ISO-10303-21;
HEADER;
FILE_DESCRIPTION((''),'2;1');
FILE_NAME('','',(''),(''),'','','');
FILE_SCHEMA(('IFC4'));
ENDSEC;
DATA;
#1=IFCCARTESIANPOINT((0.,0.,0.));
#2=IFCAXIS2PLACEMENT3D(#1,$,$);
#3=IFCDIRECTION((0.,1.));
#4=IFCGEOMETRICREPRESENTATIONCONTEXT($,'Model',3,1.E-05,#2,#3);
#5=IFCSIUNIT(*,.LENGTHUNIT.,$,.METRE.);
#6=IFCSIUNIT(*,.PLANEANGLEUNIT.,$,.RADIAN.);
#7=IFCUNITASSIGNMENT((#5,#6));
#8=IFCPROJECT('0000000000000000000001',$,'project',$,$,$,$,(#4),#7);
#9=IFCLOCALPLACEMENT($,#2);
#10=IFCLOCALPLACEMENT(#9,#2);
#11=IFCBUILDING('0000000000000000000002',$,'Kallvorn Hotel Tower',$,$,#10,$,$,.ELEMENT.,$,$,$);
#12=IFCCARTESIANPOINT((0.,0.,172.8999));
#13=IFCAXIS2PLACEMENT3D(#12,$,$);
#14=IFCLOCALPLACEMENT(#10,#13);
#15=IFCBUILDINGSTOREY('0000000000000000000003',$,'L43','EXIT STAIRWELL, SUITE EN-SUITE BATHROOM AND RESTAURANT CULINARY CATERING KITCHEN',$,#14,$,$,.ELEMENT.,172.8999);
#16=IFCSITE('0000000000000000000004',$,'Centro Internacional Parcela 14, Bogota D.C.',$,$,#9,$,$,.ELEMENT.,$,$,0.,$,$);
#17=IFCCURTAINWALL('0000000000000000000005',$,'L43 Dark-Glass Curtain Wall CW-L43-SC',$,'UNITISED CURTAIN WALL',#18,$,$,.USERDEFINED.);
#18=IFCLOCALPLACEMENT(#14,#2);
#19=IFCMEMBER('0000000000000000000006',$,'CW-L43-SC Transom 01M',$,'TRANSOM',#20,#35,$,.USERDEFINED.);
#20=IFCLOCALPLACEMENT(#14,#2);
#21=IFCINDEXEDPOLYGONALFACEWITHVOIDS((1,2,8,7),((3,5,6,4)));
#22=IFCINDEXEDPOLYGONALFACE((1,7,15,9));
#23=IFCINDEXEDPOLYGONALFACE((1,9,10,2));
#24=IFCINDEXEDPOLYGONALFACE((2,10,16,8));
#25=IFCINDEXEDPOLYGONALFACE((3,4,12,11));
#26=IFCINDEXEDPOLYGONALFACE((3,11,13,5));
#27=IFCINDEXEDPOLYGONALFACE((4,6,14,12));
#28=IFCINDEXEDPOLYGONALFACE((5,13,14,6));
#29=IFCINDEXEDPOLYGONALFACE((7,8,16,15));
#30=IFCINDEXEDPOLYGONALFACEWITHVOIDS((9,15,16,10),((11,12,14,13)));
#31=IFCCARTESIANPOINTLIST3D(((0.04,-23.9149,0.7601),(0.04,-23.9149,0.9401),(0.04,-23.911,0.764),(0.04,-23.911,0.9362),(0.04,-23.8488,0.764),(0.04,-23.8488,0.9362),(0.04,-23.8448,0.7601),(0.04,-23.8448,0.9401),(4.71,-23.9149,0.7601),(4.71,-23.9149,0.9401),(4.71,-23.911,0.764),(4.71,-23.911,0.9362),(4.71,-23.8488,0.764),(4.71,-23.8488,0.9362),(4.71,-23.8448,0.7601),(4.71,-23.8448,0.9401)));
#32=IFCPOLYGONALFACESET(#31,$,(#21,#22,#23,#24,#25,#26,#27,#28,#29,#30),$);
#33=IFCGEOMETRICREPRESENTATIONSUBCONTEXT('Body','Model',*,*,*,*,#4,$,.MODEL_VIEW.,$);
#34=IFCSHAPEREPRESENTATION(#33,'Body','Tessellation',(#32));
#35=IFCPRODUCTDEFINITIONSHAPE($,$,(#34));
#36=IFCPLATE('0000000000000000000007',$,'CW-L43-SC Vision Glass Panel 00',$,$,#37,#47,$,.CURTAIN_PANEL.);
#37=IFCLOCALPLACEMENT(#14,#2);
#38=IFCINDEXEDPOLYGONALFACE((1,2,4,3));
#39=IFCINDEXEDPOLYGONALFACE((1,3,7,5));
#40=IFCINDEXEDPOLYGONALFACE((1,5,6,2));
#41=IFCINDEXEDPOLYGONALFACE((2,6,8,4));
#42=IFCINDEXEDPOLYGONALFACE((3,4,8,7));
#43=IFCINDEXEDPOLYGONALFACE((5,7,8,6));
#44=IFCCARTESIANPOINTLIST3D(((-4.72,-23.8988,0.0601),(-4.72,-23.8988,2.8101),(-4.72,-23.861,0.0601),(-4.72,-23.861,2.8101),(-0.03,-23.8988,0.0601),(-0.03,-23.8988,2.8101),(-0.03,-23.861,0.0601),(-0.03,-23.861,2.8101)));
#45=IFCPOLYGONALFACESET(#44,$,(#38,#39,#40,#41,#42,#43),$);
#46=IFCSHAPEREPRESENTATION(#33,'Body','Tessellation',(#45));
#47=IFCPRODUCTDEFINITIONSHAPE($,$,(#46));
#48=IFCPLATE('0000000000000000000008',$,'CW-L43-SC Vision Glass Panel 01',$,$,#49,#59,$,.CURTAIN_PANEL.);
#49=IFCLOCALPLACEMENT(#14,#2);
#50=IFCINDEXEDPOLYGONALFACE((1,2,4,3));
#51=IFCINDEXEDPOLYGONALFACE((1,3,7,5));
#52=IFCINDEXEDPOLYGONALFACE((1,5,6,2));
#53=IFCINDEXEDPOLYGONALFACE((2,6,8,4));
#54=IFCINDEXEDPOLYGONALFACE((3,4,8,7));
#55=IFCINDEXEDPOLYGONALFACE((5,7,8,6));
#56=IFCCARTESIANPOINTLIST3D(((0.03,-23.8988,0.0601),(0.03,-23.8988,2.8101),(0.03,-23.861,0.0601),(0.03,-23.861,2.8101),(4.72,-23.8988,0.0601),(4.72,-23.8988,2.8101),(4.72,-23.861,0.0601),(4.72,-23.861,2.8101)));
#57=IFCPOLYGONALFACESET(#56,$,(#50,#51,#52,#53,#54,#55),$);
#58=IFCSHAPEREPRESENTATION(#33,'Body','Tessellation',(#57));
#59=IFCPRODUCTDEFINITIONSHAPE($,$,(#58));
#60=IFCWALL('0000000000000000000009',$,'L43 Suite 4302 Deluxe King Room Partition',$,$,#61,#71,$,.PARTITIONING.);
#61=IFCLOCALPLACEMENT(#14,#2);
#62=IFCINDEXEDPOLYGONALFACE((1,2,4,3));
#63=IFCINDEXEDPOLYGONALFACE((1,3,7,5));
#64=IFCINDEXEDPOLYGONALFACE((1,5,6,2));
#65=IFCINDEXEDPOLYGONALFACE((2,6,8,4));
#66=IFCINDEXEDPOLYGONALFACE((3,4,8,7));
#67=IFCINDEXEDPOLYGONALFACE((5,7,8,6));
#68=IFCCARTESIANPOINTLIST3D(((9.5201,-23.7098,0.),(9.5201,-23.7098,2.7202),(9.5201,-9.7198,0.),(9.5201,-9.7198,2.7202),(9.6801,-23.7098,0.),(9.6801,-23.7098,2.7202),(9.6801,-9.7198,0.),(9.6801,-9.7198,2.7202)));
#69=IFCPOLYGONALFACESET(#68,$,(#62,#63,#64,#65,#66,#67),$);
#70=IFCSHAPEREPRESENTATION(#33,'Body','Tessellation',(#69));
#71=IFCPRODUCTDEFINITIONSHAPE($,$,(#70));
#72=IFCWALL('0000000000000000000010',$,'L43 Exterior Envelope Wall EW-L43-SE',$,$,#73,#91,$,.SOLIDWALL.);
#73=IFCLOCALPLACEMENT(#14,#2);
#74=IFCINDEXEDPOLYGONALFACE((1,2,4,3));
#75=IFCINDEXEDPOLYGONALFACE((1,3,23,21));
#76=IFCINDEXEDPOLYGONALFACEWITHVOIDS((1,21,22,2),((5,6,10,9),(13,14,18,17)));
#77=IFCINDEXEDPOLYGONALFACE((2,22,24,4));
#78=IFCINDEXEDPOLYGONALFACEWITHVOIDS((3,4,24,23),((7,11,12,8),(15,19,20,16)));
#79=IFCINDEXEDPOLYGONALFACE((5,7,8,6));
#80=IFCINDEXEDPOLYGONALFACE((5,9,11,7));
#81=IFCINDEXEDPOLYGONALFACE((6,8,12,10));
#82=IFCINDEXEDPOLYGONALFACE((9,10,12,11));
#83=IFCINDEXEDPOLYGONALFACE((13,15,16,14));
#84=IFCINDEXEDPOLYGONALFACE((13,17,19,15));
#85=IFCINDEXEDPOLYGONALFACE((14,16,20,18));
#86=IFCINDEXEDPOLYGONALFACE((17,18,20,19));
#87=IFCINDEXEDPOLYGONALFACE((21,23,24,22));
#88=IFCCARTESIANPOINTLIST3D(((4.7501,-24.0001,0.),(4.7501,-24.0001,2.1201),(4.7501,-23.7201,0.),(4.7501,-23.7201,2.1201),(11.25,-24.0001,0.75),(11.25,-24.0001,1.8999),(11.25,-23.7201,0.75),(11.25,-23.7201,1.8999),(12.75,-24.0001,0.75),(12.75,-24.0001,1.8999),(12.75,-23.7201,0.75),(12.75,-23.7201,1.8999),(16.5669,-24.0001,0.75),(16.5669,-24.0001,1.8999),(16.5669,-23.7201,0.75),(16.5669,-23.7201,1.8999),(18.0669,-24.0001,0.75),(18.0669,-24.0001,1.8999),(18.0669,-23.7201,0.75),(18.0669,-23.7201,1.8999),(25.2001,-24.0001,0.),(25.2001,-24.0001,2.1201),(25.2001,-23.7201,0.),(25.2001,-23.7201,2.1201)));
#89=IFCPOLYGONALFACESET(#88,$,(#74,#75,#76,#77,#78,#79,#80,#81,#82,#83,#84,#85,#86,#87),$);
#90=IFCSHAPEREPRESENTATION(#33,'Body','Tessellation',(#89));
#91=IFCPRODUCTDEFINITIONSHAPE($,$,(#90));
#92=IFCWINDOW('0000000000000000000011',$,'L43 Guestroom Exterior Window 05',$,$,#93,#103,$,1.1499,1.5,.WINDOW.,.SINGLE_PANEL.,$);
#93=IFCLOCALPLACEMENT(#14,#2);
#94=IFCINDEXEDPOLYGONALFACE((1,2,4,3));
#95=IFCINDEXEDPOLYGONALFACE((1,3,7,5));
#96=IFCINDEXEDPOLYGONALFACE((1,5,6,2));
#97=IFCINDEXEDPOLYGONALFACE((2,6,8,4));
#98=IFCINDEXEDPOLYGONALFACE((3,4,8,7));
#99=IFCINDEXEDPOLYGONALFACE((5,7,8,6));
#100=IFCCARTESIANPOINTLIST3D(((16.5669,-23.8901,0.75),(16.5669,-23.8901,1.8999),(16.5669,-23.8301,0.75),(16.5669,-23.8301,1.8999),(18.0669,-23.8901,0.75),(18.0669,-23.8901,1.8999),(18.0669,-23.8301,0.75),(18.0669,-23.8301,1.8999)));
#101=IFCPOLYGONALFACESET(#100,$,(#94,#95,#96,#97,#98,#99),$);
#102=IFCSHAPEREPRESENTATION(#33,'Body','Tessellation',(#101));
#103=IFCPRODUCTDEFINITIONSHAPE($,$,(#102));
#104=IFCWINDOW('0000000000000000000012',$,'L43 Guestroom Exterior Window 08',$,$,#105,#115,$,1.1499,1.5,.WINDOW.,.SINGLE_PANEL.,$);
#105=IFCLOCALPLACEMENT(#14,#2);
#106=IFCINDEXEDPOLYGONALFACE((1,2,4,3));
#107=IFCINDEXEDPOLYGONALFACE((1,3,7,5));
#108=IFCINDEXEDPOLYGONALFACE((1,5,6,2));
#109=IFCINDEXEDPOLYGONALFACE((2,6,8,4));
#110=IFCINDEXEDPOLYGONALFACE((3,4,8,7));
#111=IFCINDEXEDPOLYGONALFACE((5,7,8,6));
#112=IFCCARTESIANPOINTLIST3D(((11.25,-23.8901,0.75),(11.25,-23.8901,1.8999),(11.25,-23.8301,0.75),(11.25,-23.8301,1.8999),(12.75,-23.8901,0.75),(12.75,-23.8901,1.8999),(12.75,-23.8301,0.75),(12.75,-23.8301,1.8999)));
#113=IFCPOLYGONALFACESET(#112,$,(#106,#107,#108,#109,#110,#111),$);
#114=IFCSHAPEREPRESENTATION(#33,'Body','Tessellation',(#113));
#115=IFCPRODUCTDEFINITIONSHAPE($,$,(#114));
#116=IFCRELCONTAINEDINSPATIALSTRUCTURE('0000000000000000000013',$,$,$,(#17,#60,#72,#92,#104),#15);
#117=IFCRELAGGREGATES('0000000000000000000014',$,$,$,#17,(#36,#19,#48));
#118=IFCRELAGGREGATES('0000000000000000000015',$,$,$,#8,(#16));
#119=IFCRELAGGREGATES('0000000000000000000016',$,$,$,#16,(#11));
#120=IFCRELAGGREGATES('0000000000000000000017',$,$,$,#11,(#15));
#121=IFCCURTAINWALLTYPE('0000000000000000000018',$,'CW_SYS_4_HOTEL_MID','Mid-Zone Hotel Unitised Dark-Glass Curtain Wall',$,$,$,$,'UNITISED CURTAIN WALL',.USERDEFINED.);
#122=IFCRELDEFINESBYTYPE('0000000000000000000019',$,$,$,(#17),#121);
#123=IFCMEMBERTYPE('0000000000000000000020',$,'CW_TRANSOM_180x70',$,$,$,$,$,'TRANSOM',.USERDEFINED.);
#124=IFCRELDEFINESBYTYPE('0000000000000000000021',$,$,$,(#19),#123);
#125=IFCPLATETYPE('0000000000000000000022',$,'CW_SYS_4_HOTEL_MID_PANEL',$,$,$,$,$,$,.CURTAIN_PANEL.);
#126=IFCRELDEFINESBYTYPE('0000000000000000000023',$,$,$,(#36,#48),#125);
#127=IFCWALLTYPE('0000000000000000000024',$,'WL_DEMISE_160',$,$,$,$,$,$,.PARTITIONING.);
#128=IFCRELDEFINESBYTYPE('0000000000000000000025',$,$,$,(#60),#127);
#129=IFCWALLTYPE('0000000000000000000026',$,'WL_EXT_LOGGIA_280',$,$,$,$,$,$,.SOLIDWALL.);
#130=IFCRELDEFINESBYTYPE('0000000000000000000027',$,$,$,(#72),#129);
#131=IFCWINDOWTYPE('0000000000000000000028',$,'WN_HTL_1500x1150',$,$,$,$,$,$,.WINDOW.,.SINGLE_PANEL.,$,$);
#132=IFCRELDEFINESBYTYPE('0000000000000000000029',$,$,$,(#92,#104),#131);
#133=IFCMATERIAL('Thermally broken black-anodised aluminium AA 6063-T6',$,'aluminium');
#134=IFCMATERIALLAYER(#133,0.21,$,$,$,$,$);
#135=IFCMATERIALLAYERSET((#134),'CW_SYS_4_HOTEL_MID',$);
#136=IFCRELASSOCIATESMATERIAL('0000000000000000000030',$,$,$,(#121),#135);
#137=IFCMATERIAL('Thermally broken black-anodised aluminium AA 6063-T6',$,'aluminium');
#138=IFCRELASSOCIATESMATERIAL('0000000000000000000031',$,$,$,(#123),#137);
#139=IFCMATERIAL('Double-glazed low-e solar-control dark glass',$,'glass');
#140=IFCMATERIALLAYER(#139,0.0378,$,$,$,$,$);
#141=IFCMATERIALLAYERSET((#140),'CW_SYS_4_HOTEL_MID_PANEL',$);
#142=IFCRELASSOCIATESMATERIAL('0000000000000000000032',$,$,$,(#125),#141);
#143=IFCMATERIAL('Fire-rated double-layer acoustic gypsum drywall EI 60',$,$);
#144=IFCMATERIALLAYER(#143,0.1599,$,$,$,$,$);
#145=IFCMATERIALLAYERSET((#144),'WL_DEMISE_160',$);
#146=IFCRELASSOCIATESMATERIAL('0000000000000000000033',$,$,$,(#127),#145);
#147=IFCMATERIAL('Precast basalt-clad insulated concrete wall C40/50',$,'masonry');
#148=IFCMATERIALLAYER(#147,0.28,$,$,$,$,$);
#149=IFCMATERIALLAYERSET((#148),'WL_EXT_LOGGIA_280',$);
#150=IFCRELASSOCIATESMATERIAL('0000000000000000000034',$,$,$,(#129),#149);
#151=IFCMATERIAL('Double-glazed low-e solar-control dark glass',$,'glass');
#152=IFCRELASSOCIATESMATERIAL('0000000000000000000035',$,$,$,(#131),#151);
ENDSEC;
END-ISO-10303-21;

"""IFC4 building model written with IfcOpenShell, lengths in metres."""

from ifc_helpers import new_model, si_unit, direction, frame, frame_2d, origin, origin_2d, place, context, subcontext, project, spatial, rectangle, hollow_rectangle, extrude, material, layer, layer_set, material_profile, profile_set, type_object, element, fill, aggregate, save


model = new_model("IFC4")

# Units and contexts
model_context = context("Model", 3, precision=1e-05, world=origin(), true_north=direction((0.0, 1.0)))
body_context = subcontext(model_context, "Body", "Model", "MODEL_VIEW")
ifc_project = project(units=[si_unit("LENGTHUNIT", "METRE"), si_unit("PLANEANGLEUNIT", "RADIAN")], contexts=[model_context])

# Site, building, storey
site_placement = place(None, origin())
site = spatial("IfcSite", under=ifc_project, at=site_placement, Name="Centro Internacional Parcela 14, Bogota D.C.", CompositionType="ELEMENT", RefElevation=0.0)
building_placement = place(site_placement, origin())
building = spatial("IfcBuilding", under=site, at=building_placement, Name="Kallvorn Hotel Tower", CompositionType="ELEMENT")
storey_placement = place(building_placement, frame((0.0, 0.0, 172.8999)))
storey = spatial("IfcBuildingStorey", under=building, at=storey_placement, Name="L43", Description="EXIT STAIRWELL, SUITE EN-SUITE BATHROOM AND RESTAURANT CULINARY CATERING KITCHEN", CompositionType="ELEMENT", Elevation=172.8999)

# Curtain wall, member, plates
ifc_material_1 = material(Name="Thermally broken black-anodised aluminium AA 6063-T6", Category="aluminium")
ifc_layer_1 = layer(ifc_material_1, 0.21)
ifc_layer_set_1 = layer_set([ifc_layer_1], Name="CW_SYS_4_HOTEL_MID")
curtain_wall_type = type_object("IfcCurtainWallType", Name="CW_SYS_4_HOTEL_MID", Description="Mid-Zone Hotel Unitised Dark-Glass Curtain Wall", ElementType="UNITISED CURTAIN WALL", PredefinedType="USERDEFINED", material=ifc_layer_set_1)
curtain_wall_placement = place(storey_placement, origin())
curtain_wall = element("IfcCurtainWall", 1, at=curtain_wall_placement, inside=storey, type_object=curtain_wall_type, Name="L43 Dark-Glass Curtain Wall CW-L43-SC", ObjectType="UNITISED CURTAIN WALL", PredefinedType="USERDEFINED")
ifc_material_2 = material(Name="Thermally broken black-anodised aluminium AA 6063-T6", Category="aluminium")
ifc_material_profile_1 = material_profile(ifc_material_2, hollow_rectangle(XDim=0.0701, YDim=0.1799, WallThickness=0.0039, at=origin_2d()), Name="TRN 180x70")
ifc_profile_set_1 = profile_set([ifc_material_profile_1], Name="Thermally broken black-anodised aluminium AA 6063-T6")
member_type_1 = type_object("IfcMemberType", Name="CW_TRANSOM_180x70", ElementType="TRANSOM", PredefinedType="USERDEFINED", material=ifc_profile_set_1)
member_1_placement = place(storey_placement, frame((0.04, -23.8799, 0.8501), z_axis=(1.0, 0.0, 0.0), x_axis=(0.0, 1.0, 0.0)))
member_1 = element("IfcMember", 2, at=member_1_placement, type_object=member_type_1, Name="CW-L43-SC Transom 01M", ObjectType="TRANSOM", PredefinedType="USERDEFINED", context=body_context, shape_type="SweptSolid", body=[
    extrude(hollow_rectangle(XDim=0.0701, YDim=0.1799, WallThickness=0.0039, at=origin_2d()), origin(), (0.0, 0.0, 1.0), 4.6699),
])
ifc_material_3 = material(Name="Double-glazed low-e solar-control dark glass", Category="glass")
ifc_layer_2 = layer(ifc_material_3, 0.0378)
ifc_layer_set_2 = layer_set([ifc_layer_2], Name="CW_SYS_4_HOTEL_MID_PANEL")
plate_type = type_object("IfcPlateType", Name="CW_SYS_4_HOTEL_MID_PANEL", PredefinedType="CURTAIN_PANEL", material=ifc_layer_set_2)
plate_1_placement = place(storey_placement, frame((-2.375, -23.8799, 0.0601), z_axis=(0.0, 0.0, 1.0), x_axis=(1.0, 0.0, 0.0)))
plate_1 = element("IfcPlate", 3, at=plate_1_placement, type_object=plate_type, Name="CW-L43-SC Vision Glass Panel 00", PredefinedType="CURTAIN_PANEL", context=body_context, shape_type="SweptSolid", body=[
    extrude(rectangle(XDim=4.6899, YDim=0.0378, at=origin_2d()), origin(), (0.0, 0.0, 1.0), 2.75),
])
plate_2_placement = place(storey_placement, frame((2.375, -23.8799, 0.0601), z_axis=(0.0, 0.0, 1.0), x_axis=(1.0, 0.0, 0.0)))
plate_2 = element("IfcPlate", 4, at=plate_2_placement, type_object=plate_type, Name="CW-L43-SC Vision Glass Panel 01", PredefinedType="CURTAIN_PANEL", context=body_context, shape_type="SweptSolid", body=[
    extrude(rectangle(XDim=4.6899, YDim=0.0378, at=origin_2d()), origin(), (0.0, 0.0, 1.0), 2.75),
])
aggregate(curtain_wall, [plate_1, member_1, plate_2])

# Wall
ifc_material_4 = material(Name="Fire-rated double-layer acoustic gypsum drywall EI 60")
ifc_layer_3 = layer(ifc_material_4, 0.1599)
ifc_layer_set_3 = layer_set([ifc_layer_3], Name="WL_DEMISE_160")
wall_type_1 = type_object("IfcWallType", Name="WL_DEMISE_160", PredefinedType="PARTITIONING", material=ifc_layer_set_3)
wall_1_placement = place(storey_placement, frame((9.6001, -23.71, 0.0), z_axis=(0.0, 0.0, 1.0), x_axis=(0.0, 1.0, 0.0)))
element("IfcWall", 5, at=wall_1_placement, inside=storey, type_object=wall_type_1, Name="L43 Suite 4302 Deluxe King Room Partition", PredefinedType="PARTITIONING", context=body_context, shape_type="SweptSolid", body=[
    extrude(rectangle(XDim=13.99, YDim=0.1599, at=frame_2d((6.9951, 0.0))), origin(), (0.0, 0.0, 1.0), 2.7202),
])

# Wall, openings, windows
ifc_material_5 = material(Name="Precast basalt-clad insulated concrete wall C40/50", Category="masonry")
ifc_layer_4 = layer(ifc_material_5, 0.28)
ifc_layer_set_4 = layer_set([ifc_layer_4], Name="WL_EXT_LOGGIA_280")
wall_type_2 = type_object("IfcWallType", Name="WL_EXT_LOGGIA_280", PredefinedType="SOLIDWALL", material=ifc_layer_set_4)
wall_2_placement = place(storey_placement, frame((4.75, -23.8601, 0.0), z_axis=(0.0, 0.0, 1.0), x_axis=(1.0, 0.0, 0.0)))
wall_2 = element("IfcWall", 6, at=wall_2_placement, inside=storey, type_object=wall_type_2, Name="L43 Exterior Envelope Wall EW-L43-SE", PredefinedType="SOLIDWALL", context=body_context, shape_type="SweptSolid", body=[
    extrude(rectangle(XDim=20.45, YDim=0.28, at=frame_2d((10.2251, 0.0))), origin(), (0.0, 0.0, 1.0), 2.1201),
])
opening_1_placement = place(wall_2_placement, frame((11.8169, 0.0, 0.75)))
opening_1 = element("IfcOpeningElement", 7, at=opening_1_placement, cuts=wall_2, PredefinedType="OPENING", context=body_context, shape_type="SweptSolid", body=[
    extrude(rectangle(XDim=1.5, YDim=1.1499, at=frame_2d((0.75, 0.575))), frame((0.0, 0.155, 0.0), z_axis=(0.0, -1.0, 0.0), x_axis=(1.0, 0.0, 0.0)), (0.0, 0.0, 1.0), 0.3101),
])
opening_2_placement = place(wall_2_placement, frame((6.5, 0.0, 0.75)))
opening_2 = element("IfcOpeningElement", 8, at=opening_2_placement, cuts=wall_2, PredefinedType="OPENING", context=body_context, shape_type="SweptSolid", body=[
    extrude(rectangle(XDim=1.5, YDim=1.1499, at=frame_2d((0.75, 0.575))), frame((0.0, 0.155, 0.0), z_axis=(0.0, -1.0, 0.0), x_axis=(1.0, 0.0, 0.0)), (0.0, 0.0, 1.0), 0.3101),
])
ifc_material_6 = material(Name="Double-glazed low-e solar-control dark glass", Category="glass")
window_type = type_object("IfcWindowType", Name="WN_HTL_1500x1150", PartitioningType="SINGLE_PANEL", PredefinedType="WINDOW", material=ifc_material_6)
window_1_placement = place(opening_1_placement, origin())
window_1 = element("IfcWindow", 9, at=window_1_placement, inside=storey, type_object=window_type, Name="L43 Guestroom Exterior Window 05", OverallHeight=1.1499, OverallWidth=1.5, PartitioningType="SINGLE_PANEL", PredefinedType="WINDOW", context=body_context, shape_type="SweptSolid", body=[
    extrude(rectangle(XDim=1.5, YDim=1.1499, at=frame_2d((0.75, 0.575))), frame((0.0, 0.03, 0.0), z_axis=(0.0, -1.0, 0.0), x_axis=(1.0, 0.0, 0.0)), (0.0, 0.0, 1.0), 0.0601),
])
fill(opening_1, window_1)
window_2_placement = place(opening_2_placement, origin())
window_2 = element("IfcWindow", 10, at=window_2_placement, inside=storey, type_object=window_type, Name="L43 Guestroom Exterior Window 08", OverallHeight=1.1499, OverallWidth=1.5, PartitioningType="SINGLE_PANEL", PredefinedType="WINDOW", context=body_context, shape_type="SweptSolid", body=[
    extrude(rectangle(XDim=1.5, YDim=1.1499, at=frame_2d((0.75, 0.575))), frame((0.0, 0.03, 0.0), z_axis=(0.0, -1.0, 0.0), x_axis=(1.0, 0.0, 0.0)), (0.0, 0.0, 1.0), 0.0601),
])
fill(opening_2, window_2)

save(model, "model.ifc")
